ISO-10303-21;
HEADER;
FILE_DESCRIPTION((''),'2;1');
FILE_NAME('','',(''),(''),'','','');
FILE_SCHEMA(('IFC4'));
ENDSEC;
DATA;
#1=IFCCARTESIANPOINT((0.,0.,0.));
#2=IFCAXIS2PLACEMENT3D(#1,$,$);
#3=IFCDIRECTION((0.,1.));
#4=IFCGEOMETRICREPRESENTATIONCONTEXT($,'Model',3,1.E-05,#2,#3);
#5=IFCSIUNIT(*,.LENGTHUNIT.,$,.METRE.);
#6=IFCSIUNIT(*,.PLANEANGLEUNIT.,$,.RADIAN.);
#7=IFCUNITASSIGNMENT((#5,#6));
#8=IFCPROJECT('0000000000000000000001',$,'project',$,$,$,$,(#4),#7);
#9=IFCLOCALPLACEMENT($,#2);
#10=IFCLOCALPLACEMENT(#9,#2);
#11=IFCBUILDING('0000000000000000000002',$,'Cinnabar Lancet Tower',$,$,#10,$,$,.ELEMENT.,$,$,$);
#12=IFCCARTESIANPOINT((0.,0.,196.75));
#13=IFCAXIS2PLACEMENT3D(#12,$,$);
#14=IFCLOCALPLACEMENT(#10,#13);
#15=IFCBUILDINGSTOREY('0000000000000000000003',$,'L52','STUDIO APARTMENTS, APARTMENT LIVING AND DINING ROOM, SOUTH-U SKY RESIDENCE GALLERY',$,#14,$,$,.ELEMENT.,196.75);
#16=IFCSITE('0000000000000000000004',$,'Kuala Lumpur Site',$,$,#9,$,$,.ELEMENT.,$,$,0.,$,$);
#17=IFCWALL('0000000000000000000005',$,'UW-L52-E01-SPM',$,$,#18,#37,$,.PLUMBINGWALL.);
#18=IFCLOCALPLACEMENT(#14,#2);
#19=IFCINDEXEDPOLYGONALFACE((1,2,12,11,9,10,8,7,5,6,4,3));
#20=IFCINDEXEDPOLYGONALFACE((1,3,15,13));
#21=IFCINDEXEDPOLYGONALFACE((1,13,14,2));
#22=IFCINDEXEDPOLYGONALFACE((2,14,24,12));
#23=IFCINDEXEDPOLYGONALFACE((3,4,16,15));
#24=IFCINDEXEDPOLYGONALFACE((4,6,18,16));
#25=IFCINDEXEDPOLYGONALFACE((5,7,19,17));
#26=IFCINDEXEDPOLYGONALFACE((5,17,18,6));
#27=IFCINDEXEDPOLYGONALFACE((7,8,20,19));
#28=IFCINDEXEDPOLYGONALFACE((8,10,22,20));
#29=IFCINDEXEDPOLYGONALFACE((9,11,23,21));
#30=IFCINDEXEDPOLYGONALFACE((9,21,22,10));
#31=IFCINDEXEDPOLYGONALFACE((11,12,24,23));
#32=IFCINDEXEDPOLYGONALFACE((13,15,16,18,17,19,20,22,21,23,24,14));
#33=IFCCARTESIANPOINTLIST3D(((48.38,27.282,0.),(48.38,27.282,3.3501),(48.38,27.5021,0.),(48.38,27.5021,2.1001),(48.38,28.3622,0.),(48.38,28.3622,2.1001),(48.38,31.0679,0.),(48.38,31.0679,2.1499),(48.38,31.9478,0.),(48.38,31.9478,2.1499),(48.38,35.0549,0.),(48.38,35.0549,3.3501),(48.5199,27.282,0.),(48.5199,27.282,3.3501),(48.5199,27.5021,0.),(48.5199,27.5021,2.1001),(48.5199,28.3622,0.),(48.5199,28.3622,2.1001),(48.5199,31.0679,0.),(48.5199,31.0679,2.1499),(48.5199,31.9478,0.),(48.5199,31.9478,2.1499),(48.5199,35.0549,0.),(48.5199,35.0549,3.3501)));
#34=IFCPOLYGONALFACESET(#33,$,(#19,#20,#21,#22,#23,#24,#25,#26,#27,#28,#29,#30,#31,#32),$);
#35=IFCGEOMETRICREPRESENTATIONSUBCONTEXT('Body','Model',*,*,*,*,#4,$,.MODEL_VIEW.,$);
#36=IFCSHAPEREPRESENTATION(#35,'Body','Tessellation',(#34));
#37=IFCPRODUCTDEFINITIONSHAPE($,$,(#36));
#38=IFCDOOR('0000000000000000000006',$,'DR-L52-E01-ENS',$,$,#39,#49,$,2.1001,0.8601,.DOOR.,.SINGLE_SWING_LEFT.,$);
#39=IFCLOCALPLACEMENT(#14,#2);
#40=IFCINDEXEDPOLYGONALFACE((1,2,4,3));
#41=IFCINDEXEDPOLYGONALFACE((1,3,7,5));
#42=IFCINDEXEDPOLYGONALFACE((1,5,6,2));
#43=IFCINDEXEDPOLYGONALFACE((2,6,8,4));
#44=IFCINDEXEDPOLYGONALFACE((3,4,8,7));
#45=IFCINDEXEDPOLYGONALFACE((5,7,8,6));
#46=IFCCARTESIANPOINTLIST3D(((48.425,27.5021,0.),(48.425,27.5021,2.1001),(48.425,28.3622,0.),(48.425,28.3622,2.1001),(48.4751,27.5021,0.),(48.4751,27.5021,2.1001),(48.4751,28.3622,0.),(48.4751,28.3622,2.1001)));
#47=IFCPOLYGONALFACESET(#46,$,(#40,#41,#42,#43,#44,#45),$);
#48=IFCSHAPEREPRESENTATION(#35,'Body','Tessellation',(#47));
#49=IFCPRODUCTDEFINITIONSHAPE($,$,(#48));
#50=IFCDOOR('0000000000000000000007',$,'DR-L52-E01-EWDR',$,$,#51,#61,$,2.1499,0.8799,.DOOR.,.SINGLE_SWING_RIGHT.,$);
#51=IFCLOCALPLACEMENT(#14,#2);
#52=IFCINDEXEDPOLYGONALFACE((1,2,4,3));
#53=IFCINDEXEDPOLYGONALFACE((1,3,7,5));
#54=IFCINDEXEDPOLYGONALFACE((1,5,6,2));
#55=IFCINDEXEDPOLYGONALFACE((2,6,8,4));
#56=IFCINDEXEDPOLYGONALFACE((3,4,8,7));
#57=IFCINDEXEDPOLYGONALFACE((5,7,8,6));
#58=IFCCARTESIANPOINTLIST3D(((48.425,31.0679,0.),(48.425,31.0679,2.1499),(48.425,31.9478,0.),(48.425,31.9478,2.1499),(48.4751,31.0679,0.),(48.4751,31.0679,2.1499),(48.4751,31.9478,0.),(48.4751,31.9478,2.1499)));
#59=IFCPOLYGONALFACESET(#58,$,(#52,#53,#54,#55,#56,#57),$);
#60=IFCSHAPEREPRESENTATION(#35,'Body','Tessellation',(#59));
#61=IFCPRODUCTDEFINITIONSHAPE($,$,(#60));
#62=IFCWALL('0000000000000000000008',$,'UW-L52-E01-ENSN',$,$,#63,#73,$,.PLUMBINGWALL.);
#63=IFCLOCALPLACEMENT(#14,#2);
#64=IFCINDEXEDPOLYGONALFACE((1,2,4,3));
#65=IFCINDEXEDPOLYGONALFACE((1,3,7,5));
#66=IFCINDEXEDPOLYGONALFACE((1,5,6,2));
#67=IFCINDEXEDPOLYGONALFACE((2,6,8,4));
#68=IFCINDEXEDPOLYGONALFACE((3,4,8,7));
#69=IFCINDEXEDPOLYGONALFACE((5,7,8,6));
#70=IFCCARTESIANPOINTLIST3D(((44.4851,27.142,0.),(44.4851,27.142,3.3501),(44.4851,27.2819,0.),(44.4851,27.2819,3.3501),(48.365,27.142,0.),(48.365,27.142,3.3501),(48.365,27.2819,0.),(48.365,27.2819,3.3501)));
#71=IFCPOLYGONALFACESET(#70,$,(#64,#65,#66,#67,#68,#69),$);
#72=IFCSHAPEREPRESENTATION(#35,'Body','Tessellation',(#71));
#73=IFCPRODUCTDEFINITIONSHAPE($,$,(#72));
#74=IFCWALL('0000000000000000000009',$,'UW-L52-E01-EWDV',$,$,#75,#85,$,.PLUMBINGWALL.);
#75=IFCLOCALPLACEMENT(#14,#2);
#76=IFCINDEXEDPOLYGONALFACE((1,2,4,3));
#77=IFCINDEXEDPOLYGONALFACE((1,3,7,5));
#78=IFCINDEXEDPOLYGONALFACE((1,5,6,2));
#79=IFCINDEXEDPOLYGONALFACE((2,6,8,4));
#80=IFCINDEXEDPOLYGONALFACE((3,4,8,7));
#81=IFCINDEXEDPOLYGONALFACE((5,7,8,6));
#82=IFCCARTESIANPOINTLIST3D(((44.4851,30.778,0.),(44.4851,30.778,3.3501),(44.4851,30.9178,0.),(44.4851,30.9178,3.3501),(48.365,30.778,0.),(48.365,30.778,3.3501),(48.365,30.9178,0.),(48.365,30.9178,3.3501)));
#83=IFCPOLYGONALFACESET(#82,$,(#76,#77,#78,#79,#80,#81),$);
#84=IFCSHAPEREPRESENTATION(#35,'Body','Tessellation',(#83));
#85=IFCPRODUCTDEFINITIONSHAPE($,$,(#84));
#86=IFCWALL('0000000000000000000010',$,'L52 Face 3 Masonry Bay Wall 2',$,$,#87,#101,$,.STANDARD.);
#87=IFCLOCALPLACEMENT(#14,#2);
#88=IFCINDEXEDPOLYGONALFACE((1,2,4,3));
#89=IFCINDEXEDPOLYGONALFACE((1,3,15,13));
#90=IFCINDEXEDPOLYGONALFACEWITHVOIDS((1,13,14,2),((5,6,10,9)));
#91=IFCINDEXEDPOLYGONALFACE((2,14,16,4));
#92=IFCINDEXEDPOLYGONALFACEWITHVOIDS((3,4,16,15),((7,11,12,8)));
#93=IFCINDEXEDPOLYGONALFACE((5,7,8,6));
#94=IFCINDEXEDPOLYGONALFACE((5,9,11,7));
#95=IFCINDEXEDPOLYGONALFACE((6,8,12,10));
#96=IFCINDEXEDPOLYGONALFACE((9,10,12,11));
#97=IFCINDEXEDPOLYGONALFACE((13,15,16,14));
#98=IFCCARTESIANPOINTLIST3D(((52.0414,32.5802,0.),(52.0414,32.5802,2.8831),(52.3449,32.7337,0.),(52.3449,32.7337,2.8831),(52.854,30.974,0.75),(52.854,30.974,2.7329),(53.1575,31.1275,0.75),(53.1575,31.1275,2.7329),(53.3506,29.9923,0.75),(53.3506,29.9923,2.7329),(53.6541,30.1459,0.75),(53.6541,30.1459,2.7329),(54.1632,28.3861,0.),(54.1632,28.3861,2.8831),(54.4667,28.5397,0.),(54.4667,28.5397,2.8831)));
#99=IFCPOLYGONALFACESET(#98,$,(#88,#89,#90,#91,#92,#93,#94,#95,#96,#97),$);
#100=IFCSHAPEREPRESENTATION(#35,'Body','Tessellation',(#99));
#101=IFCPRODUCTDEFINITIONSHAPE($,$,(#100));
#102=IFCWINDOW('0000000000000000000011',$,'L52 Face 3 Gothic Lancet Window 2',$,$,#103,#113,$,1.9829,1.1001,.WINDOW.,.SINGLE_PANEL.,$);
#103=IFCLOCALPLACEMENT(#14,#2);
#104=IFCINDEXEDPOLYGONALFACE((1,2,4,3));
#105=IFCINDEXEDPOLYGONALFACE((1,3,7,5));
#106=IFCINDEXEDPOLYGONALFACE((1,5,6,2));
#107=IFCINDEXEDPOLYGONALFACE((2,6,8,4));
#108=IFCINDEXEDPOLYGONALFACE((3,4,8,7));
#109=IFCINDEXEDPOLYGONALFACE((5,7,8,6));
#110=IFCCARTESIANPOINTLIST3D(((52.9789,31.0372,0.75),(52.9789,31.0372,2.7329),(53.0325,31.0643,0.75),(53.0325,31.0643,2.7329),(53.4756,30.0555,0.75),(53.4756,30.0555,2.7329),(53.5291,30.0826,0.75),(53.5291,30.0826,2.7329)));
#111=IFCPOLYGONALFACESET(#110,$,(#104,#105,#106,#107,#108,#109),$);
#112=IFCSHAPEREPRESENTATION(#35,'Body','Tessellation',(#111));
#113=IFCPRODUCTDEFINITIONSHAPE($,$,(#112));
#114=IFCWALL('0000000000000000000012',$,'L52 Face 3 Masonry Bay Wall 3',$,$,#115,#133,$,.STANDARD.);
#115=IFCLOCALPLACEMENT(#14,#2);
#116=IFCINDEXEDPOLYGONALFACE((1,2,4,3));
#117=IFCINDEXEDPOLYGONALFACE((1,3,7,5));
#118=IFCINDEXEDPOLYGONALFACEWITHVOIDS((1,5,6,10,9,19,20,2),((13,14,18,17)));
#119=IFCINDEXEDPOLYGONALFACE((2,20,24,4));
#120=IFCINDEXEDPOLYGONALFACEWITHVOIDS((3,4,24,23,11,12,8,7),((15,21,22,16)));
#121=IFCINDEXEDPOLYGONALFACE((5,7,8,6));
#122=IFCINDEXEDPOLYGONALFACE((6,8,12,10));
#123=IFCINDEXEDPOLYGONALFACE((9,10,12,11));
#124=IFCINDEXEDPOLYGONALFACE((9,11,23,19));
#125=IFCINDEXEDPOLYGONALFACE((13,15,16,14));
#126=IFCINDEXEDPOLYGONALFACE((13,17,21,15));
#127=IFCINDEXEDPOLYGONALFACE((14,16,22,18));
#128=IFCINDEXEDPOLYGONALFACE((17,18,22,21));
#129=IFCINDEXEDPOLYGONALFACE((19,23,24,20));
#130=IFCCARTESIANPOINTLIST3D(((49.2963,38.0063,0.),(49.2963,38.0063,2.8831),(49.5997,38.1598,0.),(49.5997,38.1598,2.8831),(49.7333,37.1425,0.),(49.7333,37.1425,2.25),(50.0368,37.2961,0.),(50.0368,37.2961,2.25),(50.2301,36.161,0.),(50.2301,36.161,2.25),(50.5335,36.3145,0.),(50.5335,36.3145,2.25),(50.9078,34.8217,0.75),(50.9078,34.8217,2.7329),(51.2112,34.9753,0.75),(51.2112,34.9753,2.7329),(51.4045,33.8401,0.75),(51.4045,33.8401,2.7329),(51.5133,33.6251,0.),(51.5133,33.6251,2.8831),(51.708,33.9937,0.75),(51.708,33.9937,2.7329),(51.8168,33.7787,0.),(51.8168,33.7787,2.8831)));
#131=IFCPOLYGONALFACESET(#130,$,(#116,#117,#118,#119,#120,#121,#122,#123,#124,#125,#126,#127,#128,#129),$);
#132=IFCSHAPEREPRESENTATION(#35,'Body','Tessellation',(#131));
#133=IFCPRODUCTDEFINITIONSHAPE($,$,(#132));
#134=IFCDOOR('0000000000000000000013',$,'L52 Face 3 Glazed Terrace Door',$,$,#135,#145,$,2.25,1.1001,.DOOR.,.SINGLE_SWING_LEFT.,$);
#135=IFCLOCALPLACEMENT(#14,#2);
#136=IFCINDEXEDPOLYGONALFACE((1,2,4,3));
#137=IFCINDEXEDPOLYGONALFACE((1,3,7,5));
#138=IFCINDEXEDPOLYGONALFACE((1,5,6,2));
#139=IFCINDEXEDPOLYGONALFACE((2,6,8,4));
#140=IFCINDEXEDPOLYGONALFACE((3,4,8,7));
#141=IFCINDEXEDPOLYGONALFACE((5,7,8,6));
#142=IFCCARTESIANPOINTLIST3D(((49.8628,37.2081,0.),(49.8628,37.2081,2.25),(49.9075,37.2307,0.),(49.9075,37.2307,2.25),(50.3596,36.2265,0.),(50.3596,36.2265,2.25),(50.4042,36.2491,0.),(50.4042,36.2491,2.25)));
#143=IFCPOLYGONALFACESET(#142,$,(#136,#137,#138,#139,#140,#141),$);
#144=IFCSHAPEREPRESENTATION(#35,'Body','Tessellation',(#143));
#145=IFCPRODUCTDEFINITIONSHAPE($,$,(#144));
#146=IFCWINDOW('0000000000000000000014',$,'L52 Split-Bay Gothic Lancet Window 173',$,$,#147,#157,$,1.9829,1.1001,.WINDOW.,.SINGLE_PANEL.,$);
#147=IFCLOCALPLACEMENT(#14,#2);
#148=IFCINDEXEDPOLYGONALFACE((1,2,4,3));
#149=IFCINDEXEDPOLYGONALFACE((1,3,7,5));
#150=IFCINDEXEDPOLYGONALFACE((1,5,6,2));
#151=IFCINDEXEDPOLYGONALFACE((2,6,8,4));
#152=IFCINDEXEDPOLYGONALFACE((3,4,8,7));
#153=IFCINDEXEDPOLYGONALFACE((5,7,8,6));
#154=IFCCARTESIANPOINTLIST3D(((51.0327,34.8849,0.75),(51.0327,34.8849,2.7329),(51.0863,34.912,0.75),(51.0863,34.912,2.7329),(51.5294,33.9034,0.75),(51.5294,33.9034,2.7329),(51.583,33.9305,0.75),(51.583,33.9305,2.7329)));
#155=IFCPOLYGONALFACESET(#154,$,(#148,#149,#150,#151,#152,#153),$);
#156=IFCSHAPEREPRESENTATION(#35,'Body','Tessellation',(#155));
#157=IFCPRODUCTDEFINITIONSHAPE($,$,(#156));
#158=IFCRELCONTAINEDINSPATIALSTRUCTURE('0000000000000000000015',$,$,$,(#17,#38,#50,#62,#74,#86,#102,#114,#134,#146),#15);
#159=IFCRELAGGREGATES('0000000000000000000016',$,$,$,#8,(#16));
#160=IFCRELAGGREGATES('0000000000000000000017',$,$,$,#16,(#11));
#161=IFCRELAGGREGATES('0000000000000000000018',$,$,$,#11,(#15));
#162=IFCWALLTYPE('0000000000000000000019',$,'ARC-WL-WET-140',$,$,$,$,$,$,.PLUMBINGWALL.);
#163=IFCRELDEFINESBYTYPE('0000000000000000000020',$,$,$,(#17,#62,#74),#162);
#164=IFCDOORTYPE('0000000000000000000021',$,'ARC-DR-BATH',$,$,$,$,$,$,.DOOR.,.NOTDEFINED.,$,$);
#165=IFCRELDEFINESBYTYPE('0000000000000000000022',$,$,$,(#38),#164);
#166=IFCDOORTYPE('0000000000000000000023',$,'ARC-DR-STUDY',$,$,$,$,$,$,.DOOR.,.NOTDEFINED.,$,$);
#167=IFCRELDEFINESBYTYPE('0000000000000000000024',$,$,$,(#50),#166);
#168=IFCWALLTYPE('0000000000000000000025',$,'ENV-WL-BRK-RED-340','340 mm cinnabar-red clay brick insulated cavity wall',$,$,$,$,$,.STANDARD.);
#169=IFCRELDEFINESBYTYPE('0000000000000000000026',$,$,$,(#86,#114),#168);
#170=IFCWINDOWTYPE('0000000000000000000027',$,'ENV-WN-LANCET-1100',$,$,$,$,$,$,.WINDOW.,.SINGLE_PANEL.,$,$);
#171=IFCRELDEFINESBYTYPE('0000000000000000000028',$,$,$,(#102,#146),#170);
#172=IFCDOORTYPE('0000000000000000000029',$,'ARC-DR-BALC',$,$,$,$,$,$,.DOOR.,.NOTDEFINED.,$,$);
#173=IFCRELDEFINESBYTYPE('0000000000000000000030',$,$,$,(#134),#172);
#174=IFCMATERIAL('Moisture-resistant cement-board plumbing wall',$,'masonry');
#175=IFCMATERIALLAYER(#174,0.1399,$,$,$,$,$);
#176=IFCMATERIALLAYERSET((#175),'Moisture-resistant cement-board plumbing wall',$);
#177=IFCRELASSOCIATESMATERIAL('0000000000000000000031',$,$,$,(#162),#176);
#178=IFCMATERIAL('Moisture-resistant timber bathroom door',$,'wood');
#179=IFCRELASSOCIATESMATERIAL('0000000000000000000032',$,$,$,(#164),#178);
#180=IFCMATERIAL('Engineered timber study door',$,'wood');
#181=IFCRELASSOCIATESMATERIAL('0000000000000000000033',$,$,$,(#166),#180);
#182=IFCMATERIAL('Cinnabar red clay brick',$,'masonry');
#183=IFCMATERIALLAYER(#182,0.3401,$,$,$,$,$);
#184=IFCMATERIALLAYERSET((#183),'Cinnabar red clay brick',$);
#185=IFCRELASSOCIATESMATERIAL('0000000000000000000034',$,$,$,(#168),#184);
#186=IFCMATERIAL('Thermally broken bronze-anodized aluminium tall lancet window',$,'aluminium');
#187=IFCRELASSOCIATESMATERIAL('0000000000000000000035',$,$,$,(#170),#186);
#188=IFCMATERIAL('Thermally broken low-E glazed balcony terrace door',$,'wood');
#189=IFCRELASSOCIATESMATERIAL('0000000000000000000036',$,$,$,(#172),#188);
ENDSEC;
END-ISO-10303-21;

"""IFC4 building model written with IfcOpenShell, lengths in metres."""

from ifc_helpers import new_model, si_unit, direction, frame, frame_2d, origin, place, context, subcontext, project, spatial, rectangle, extrude, material, layer, layer_set, type_object, element, fill, save


model = new_model("IFC4")

# Units and contexts
model_context = context("Model", 3, precision=1e-05, world=origin(), true_north=direction((0.0, 1.0)))
body_context = subcontext(model_context, "Body", "Model", "MODEL_VIEW")
ifc_project = project(units=[si_unit("LENGTHUNIT", "METRE"), si_unit("PLANEANGLEUNIT", "RADIAN")], contexts=[model_context])

# Site, building, storey
site_placement = place(None, origin())
site = spatial("IfcSite", under=ifc_project, at=site_placement, Name="Kuala Lumpur Site", CompositionType="ELEMENT", RefElevation=0.0)
building_placement = place(site_placement, origin())
building = spatial("IfcBuilding", under=site, at=building_placement, Name="Cinnabar Lancet Tower", CompositionType="ELEMENT")
storey_placement = place(building_placement, frame((0.0, 0.0, 196.75)))
storey = spatial("IfcBuildingStorey", under=building, at=storey_placement, Name="L52", Description="STUDIO APARTMENTS, APARTMENT LIVING AND DINING ROOM, SOUTH-U SKY RESIDENCE GALLERY", CompositionType="ELEMENT", Elevation=196.75)

# Wall, openings, doors
ifc_material_1 = material(Name="Moisture-resistant cement-board plumbing wall", Category="masonry")
ifc_layer_1 = layer(ifc_material_1, 0.1399)
ifc_layer_set_1 = layer_set([ifc_layer_1], Name="Moisture-resistant cement-board plumbing wall")
wall_type_1 = type_object("IfcWallType", Name="ARC-WL-WET-140", PredefinedType="PLUMBINGWALL", material=ifc_layer_set_1)
wall_1_placement = place(storey_placement, frame((48.45, 27.282, 0.0), z_axis=(0.0, 0.0, 1.0), x_axis=(0.0, 1.0, 0.0)))
wall_1 = element("IfcWall", 1, at=wall_1_placement, inside=storey, type_object=wall_type_1, Name="UW-L52-E01-SPM", PredefinedType="PLUMBINGWALL", context=body_context, shape_type="SweptSolid", body=[
    extrude(rectangle(XDim=7.7729, YDim=0.1399, at=frame_2d((3.8865, 0.0))), origin(), (0.0, 0.0, 1.0), 3.3501),
])
opening_1_placement = place(wall_1_placement, frame((0.22, 0.0, 0.0)))
opening_1 = element("IfcOpeningElement", 2, at=opening_1_placement, cuts=wall_1, PredefinedType="OPENING", context=body_context, shape_type="SweptSolid", body=[
    extrude(rectangle(XDim=0.8601, YDim=2.1001, at=frame_2d((0.4302, 1.05))), frame((0.0, 0.0798, 0.0), z_axis=(0.0, -1.0, 0.0), x_axis=(1.0, 0.0, 0.0)), (0.0, 0.0, 1.0), 0.1599),
])
opening_2_placement = place(wall_1_placement, frame((3.7859, 0.0, 0.0)))
opening_2 = element("IfcOpeningElement", 3, at=opening_2_placement, cuts=wall_1, PredefinedType="OPENING", context=body_context, shape_type="SweptSolid", body=[
    extrude(rectangle(XDim=0.8799, YDim=2.1499, at=frame_2d((0.4399, 1.075))), frame((0.0, 0.0798, 0.0), z_axis=(0.0, -1.0, 0.0), x_axis=(1.0, 0.0, 0.0)), (0.0, 0.0, 1.0), 0.1599),
])
ifc_material_2 = material(Name="Moisture-resistant timber bathroom door", Category="wood")
door_type_1 = type_object("IfcDoorType", Name="ARC-DR-BATH", OperationType="NOTDEFINED", PredefinedType="DOOR", material=ifc_material_2)
door_1_placement = place(opening_1_placement, origin())
door_1 = element("IfcDoor", 4, at=door_1_placement, inside=storey, type_object=door_type_1, Name="DR-L52-E01-ENS", OperationType="SINGLE_SWING_LEFT", OverallHeight=2.1001, OverallWidth=0.8601, PredefinedType="DOOR", context=body_context, shape_type="SweptSolid", body=[
    extrude(rectangle(XDim=0.8601, YDim=2.1001, at=frame_2d((0.4302, 1.05))), frame((0.0, 0.0249, 0.0), z_axis=(0.0, -1.0, 0.0), x_axis=(1.0, 0.0, 0.0)), (0.0, 0.0, 1.0), 0.05),
])
fill(opening_1, door_1)
ifc_material_3 = material(Name="Engineered timber study door", Category="wood")
door_type_2 = type_object("IfcDoorType", Name="ARC-DR-STUDY", OperationType="NOTDEFINED", PredefinedType="DOOR", material=ifc_material_3)
door_2_placement = place(opening_2_placement, origin())
door_2 = element("IfcDoor", 5, at=door_2_placement, inside=storey, type_object=door_type_2, Name="DR-L52-E01-EWDR", OperationType="SINGLE_SWING_RIGHT", OverallHeight=2.1499, OverallWidth=0.8799, PredefinedType="DOOR", context=body_context, shape_type="SweptSolid", body=[
    extrude(rectangle(XDim=0.8799, YDim=2.1499, at=frame_2d((0.4399, 1.075))), frame((0.0, 0.0249, 0.0), z_axis=(0.0, -1.0, 0.0), x_axis=(1.0, 0.0, 0.0)), (0.0, 0.0, 1.0), 0.05),
])
fill(opening_2, door_2)

# Walls
for number, where, z_axis, x_axis, name in (
    (6, (44.4851, 27.2119, 0.0), (0.0, 0.0, 1.0), (1.0, 0.0, 0.0), "UW-L52-E01-ENSN"),
    (7, (44.4851, 30.8479, 0.0), (0.0, 0.0, 1.0), (1.0, 0.0, 0.0), "UW-L52-E01-EWDV"),
):
    element("IfcWall", number, at=place(storey_placement, frame(where, z_axis=z_axis, x_axis=x_axis)), inside=storey, type_object=wall_type_1, Name=name, PredefinedType="PLUMBINGWALL", context=body_context, shape_type="SweptSolid", body=[
        extrude(rectangle(XDim=3.8799, YDim=0.1399, at=frame_2d((1.9399, 0.0))), origin(), (0.0, 0.0, 1.0), 3.3501),
    ])

# Wall, opening, window
ifc_material_4 = material(Name="Cinnabar red clay brick", Category="masonry")
ifc_layer_2 = layer(ifc_material_4, 0.3401)
ifc_layer_set_2 = layer_set([ifc_layer_2], Name="Cinnabar red clay brick")
wall_type_2 = type_object("IfcWallType", Name="ENV-WL-BRK-RED-340", Description="340 mm cinnabar-red clay brick insulated cavity wall", PredefinedType="STANDARD", material=ifc_layer_set_2)
wall_2_placement = place(storey_placement, frame((54.3149, 28.4629, 0.0), z_axis=(0.0, 0.0, 1.0), x_axis=(-0.451426, 0.892308, 0.0)))
wall_2 = element("IfcWall", 8, at=wall_2_placement, inside=storey, type_object=wall_type_2, Name="L52 Face 3 Masonry Bay Wall 2", PredefinedType="STANDARD", context=body_context, shape_type="SweptSolid", body=[
    extrude(rectangle(XDim=4.7002, YDim=0.3401, at=frame_2d((2.3501, 0.0))), origin(), (0.0, 0.0, 1.0), 2.8831),
])
opening_3_placement = place(wall_2_placement, frame((1.8, 0.0, 0.75)))
opening_3 = element("IfcOpeningElement", 9, at=opening_3_placement, cuts=wall_2, PredefinedType="OPENING", context=body_context, shape_type="SweptSolid", body=[
    extrude(rectangle(XDim=1.1001, YDim=1.9829, at=frame_2d((0.55, 0.9915))), frame((0.0, 0.1799, 0.0), z_axis=(0.0, -1.0, 0.0), x_axis=(1.0, 0.0, 0.0)), (0.0, 0.0, 1.0), 0.3601),
])
ifc_material_5 = material(Name="Thermally broken bronze-anodized aluminium tall lancet window", Category="aluminium")
window_type = type_object("IfcWindowType", Name="ENV-WN-LANCET-1100", PartitioningType="SINGLE_PANEL", PredefinedType="WINDOW", material=ifc_material_5)
window_1_placement = place(opening_3_placement, origin())
window_1 = element("IfcWindow", 10, at=window_1_placement, inside=storey, type_object=window_type, Name="L52 Face 3 Gothic Lancet Window 2", OverallHeight=1.9829, OverallWidth=1.1001, PartitioningType="SINGLE_PANEL", PredefinedType="WINDOW", context=body_context, shape_type="SweptSolid", body=[
    extrude(rectangle(XDim=1.1001, YDim=1.9829, at=frame_2d((0.55, 0.9915))), frame((0.0, 0.03, 0.0), z_axis=(0.0, -1.0, 0.0), x_axis=(1.0, 0.0, 0.0)), (0.0, 0.0, 1.0), 0.0601),
])
fill(opening_3, window_1)

# Wall, openings, door, window
wall_3_placement = place(storey_placement, frame((51.665, 33.7019, 0.0), z_axis=(0.0, 0.0, 1.0), x_axis=(-0.451524, 0.892259, 0.0)))
wall_3 = element("IfcWall", 11, at=wall_3_placement, inside=storey, type_object=wall_type_2, Name="L52 Face 3 Masonry Bay Wall 3", PredefinedType="STANDARD", context=body_context, shape_type="SweptSolid", body=[
    extrude(rectangle(XDim=4.9102, YDim=0.3401, at=frame_2d((2.4551, 0.0))), origin(), (0.0, 0.0, 1.0), 2.8831),
])
opening_4_placement = place(wall_3_placement, frame((2.842, 0.0, 0.0)))
opening_4 = element("IfcOpeningElement", 12, at=opening_4_placement, cuts=wall_3, PredefinedType="OPENING", context=body_context, shape_type="SweptSolid", body=[
    extrude(rectangle(XDim=1.1001, YDim=2.25, at=frame_2d((0.55, 1.125))), frame((0.0, 0.1799, 0.0), z_axis=(0.0, -1.0, 0.0), x_axis=(1.0, 0.0, 0.0)), (0.0, 0.0, 1.0), 0.3601),
])
opening_5_placement = place(wall_3_placement, frame((0.241, 0.0, 0.75)))
opening_5 = element("IfcOpeningElement", 13, at=opening_5_placement, cuts=wall_3, PredefinedType="OPENING", context=body_context, shape_type="SweptSolid", body=[
    extrude(rectangle(XDim=1.1001, YDim=1.9829, at=frame_2d((0.55, 0.9915))), frame((0.0, 0.1799, 0.0), z_axis=(0.0, -1.0, 0.0), x_axis=(1.0, 0.0, 0.0)), (0.0, 0.0, 1.0), 0.3601),
])
ifc_material_6 = material(Name="Thermally broken low-E glazed balcony terrace door", Category="wood")
door_type_3 = type_object("IfcDoorType", Name="ARC-DR-BALC", OperationType="NOTDEFINED", PredefinedType="DOOR", material=ifc_material_6)
door_3_placement = place(opening_4_placement, origin())
door_3 = element("IfcDoor", 14, at=door_3_placement, inside=storey, type_object=door_type_3, Name="L52 Face 3 Glazed Terrace Door", OperationType="SINGLE_SWING_LEFT", OverallHeight=2.25, OverallWidth=1.1001, PredefinedType="DOOR", context=body_context, shape_type="SweptSolid", body=[
    extrude(rectangle(XDim=1.1001, YDim=2.25, at=frame_2d((0.55, 1.125))), frame((0.0, 0.0249, 0.0), z_axis=(0.0, -1.0, 0.0), x_axis=(1.0, 0.0, 0.0)), (0.0, 0.0, 1.0), 0.05),
])
fill(opening_4, door_3)
window_2_placement = place(opening_5_placement, origin())
window_2 = element("IfcWindow", 15, at=window_2_placement, inside=storey, type_object=window_type, Name="L52 Split-Bay Gothic Lancet Window 173", OverallHeight=1.9829, OverallWidth=1.1001, PartitioningType="SINGLE_PANEL", PredefinedType="WINDOW", context=body_context, shape_type="SweptSolid", body=[
    extrude(rectangle(XDim=1.1001, YDim=1.9829, at=frame_2d((0.55, 0.9915))), frame((0.0, 0.03, 0.0), z_axis=(0.0, -1.0, 0.0), x_axis=(1.0, 0.0, 0.0)), (0.0, 0.0, 1.0), 0.0601),
])
fill(opening_5, window_2)

save(model, "model.ifc")
